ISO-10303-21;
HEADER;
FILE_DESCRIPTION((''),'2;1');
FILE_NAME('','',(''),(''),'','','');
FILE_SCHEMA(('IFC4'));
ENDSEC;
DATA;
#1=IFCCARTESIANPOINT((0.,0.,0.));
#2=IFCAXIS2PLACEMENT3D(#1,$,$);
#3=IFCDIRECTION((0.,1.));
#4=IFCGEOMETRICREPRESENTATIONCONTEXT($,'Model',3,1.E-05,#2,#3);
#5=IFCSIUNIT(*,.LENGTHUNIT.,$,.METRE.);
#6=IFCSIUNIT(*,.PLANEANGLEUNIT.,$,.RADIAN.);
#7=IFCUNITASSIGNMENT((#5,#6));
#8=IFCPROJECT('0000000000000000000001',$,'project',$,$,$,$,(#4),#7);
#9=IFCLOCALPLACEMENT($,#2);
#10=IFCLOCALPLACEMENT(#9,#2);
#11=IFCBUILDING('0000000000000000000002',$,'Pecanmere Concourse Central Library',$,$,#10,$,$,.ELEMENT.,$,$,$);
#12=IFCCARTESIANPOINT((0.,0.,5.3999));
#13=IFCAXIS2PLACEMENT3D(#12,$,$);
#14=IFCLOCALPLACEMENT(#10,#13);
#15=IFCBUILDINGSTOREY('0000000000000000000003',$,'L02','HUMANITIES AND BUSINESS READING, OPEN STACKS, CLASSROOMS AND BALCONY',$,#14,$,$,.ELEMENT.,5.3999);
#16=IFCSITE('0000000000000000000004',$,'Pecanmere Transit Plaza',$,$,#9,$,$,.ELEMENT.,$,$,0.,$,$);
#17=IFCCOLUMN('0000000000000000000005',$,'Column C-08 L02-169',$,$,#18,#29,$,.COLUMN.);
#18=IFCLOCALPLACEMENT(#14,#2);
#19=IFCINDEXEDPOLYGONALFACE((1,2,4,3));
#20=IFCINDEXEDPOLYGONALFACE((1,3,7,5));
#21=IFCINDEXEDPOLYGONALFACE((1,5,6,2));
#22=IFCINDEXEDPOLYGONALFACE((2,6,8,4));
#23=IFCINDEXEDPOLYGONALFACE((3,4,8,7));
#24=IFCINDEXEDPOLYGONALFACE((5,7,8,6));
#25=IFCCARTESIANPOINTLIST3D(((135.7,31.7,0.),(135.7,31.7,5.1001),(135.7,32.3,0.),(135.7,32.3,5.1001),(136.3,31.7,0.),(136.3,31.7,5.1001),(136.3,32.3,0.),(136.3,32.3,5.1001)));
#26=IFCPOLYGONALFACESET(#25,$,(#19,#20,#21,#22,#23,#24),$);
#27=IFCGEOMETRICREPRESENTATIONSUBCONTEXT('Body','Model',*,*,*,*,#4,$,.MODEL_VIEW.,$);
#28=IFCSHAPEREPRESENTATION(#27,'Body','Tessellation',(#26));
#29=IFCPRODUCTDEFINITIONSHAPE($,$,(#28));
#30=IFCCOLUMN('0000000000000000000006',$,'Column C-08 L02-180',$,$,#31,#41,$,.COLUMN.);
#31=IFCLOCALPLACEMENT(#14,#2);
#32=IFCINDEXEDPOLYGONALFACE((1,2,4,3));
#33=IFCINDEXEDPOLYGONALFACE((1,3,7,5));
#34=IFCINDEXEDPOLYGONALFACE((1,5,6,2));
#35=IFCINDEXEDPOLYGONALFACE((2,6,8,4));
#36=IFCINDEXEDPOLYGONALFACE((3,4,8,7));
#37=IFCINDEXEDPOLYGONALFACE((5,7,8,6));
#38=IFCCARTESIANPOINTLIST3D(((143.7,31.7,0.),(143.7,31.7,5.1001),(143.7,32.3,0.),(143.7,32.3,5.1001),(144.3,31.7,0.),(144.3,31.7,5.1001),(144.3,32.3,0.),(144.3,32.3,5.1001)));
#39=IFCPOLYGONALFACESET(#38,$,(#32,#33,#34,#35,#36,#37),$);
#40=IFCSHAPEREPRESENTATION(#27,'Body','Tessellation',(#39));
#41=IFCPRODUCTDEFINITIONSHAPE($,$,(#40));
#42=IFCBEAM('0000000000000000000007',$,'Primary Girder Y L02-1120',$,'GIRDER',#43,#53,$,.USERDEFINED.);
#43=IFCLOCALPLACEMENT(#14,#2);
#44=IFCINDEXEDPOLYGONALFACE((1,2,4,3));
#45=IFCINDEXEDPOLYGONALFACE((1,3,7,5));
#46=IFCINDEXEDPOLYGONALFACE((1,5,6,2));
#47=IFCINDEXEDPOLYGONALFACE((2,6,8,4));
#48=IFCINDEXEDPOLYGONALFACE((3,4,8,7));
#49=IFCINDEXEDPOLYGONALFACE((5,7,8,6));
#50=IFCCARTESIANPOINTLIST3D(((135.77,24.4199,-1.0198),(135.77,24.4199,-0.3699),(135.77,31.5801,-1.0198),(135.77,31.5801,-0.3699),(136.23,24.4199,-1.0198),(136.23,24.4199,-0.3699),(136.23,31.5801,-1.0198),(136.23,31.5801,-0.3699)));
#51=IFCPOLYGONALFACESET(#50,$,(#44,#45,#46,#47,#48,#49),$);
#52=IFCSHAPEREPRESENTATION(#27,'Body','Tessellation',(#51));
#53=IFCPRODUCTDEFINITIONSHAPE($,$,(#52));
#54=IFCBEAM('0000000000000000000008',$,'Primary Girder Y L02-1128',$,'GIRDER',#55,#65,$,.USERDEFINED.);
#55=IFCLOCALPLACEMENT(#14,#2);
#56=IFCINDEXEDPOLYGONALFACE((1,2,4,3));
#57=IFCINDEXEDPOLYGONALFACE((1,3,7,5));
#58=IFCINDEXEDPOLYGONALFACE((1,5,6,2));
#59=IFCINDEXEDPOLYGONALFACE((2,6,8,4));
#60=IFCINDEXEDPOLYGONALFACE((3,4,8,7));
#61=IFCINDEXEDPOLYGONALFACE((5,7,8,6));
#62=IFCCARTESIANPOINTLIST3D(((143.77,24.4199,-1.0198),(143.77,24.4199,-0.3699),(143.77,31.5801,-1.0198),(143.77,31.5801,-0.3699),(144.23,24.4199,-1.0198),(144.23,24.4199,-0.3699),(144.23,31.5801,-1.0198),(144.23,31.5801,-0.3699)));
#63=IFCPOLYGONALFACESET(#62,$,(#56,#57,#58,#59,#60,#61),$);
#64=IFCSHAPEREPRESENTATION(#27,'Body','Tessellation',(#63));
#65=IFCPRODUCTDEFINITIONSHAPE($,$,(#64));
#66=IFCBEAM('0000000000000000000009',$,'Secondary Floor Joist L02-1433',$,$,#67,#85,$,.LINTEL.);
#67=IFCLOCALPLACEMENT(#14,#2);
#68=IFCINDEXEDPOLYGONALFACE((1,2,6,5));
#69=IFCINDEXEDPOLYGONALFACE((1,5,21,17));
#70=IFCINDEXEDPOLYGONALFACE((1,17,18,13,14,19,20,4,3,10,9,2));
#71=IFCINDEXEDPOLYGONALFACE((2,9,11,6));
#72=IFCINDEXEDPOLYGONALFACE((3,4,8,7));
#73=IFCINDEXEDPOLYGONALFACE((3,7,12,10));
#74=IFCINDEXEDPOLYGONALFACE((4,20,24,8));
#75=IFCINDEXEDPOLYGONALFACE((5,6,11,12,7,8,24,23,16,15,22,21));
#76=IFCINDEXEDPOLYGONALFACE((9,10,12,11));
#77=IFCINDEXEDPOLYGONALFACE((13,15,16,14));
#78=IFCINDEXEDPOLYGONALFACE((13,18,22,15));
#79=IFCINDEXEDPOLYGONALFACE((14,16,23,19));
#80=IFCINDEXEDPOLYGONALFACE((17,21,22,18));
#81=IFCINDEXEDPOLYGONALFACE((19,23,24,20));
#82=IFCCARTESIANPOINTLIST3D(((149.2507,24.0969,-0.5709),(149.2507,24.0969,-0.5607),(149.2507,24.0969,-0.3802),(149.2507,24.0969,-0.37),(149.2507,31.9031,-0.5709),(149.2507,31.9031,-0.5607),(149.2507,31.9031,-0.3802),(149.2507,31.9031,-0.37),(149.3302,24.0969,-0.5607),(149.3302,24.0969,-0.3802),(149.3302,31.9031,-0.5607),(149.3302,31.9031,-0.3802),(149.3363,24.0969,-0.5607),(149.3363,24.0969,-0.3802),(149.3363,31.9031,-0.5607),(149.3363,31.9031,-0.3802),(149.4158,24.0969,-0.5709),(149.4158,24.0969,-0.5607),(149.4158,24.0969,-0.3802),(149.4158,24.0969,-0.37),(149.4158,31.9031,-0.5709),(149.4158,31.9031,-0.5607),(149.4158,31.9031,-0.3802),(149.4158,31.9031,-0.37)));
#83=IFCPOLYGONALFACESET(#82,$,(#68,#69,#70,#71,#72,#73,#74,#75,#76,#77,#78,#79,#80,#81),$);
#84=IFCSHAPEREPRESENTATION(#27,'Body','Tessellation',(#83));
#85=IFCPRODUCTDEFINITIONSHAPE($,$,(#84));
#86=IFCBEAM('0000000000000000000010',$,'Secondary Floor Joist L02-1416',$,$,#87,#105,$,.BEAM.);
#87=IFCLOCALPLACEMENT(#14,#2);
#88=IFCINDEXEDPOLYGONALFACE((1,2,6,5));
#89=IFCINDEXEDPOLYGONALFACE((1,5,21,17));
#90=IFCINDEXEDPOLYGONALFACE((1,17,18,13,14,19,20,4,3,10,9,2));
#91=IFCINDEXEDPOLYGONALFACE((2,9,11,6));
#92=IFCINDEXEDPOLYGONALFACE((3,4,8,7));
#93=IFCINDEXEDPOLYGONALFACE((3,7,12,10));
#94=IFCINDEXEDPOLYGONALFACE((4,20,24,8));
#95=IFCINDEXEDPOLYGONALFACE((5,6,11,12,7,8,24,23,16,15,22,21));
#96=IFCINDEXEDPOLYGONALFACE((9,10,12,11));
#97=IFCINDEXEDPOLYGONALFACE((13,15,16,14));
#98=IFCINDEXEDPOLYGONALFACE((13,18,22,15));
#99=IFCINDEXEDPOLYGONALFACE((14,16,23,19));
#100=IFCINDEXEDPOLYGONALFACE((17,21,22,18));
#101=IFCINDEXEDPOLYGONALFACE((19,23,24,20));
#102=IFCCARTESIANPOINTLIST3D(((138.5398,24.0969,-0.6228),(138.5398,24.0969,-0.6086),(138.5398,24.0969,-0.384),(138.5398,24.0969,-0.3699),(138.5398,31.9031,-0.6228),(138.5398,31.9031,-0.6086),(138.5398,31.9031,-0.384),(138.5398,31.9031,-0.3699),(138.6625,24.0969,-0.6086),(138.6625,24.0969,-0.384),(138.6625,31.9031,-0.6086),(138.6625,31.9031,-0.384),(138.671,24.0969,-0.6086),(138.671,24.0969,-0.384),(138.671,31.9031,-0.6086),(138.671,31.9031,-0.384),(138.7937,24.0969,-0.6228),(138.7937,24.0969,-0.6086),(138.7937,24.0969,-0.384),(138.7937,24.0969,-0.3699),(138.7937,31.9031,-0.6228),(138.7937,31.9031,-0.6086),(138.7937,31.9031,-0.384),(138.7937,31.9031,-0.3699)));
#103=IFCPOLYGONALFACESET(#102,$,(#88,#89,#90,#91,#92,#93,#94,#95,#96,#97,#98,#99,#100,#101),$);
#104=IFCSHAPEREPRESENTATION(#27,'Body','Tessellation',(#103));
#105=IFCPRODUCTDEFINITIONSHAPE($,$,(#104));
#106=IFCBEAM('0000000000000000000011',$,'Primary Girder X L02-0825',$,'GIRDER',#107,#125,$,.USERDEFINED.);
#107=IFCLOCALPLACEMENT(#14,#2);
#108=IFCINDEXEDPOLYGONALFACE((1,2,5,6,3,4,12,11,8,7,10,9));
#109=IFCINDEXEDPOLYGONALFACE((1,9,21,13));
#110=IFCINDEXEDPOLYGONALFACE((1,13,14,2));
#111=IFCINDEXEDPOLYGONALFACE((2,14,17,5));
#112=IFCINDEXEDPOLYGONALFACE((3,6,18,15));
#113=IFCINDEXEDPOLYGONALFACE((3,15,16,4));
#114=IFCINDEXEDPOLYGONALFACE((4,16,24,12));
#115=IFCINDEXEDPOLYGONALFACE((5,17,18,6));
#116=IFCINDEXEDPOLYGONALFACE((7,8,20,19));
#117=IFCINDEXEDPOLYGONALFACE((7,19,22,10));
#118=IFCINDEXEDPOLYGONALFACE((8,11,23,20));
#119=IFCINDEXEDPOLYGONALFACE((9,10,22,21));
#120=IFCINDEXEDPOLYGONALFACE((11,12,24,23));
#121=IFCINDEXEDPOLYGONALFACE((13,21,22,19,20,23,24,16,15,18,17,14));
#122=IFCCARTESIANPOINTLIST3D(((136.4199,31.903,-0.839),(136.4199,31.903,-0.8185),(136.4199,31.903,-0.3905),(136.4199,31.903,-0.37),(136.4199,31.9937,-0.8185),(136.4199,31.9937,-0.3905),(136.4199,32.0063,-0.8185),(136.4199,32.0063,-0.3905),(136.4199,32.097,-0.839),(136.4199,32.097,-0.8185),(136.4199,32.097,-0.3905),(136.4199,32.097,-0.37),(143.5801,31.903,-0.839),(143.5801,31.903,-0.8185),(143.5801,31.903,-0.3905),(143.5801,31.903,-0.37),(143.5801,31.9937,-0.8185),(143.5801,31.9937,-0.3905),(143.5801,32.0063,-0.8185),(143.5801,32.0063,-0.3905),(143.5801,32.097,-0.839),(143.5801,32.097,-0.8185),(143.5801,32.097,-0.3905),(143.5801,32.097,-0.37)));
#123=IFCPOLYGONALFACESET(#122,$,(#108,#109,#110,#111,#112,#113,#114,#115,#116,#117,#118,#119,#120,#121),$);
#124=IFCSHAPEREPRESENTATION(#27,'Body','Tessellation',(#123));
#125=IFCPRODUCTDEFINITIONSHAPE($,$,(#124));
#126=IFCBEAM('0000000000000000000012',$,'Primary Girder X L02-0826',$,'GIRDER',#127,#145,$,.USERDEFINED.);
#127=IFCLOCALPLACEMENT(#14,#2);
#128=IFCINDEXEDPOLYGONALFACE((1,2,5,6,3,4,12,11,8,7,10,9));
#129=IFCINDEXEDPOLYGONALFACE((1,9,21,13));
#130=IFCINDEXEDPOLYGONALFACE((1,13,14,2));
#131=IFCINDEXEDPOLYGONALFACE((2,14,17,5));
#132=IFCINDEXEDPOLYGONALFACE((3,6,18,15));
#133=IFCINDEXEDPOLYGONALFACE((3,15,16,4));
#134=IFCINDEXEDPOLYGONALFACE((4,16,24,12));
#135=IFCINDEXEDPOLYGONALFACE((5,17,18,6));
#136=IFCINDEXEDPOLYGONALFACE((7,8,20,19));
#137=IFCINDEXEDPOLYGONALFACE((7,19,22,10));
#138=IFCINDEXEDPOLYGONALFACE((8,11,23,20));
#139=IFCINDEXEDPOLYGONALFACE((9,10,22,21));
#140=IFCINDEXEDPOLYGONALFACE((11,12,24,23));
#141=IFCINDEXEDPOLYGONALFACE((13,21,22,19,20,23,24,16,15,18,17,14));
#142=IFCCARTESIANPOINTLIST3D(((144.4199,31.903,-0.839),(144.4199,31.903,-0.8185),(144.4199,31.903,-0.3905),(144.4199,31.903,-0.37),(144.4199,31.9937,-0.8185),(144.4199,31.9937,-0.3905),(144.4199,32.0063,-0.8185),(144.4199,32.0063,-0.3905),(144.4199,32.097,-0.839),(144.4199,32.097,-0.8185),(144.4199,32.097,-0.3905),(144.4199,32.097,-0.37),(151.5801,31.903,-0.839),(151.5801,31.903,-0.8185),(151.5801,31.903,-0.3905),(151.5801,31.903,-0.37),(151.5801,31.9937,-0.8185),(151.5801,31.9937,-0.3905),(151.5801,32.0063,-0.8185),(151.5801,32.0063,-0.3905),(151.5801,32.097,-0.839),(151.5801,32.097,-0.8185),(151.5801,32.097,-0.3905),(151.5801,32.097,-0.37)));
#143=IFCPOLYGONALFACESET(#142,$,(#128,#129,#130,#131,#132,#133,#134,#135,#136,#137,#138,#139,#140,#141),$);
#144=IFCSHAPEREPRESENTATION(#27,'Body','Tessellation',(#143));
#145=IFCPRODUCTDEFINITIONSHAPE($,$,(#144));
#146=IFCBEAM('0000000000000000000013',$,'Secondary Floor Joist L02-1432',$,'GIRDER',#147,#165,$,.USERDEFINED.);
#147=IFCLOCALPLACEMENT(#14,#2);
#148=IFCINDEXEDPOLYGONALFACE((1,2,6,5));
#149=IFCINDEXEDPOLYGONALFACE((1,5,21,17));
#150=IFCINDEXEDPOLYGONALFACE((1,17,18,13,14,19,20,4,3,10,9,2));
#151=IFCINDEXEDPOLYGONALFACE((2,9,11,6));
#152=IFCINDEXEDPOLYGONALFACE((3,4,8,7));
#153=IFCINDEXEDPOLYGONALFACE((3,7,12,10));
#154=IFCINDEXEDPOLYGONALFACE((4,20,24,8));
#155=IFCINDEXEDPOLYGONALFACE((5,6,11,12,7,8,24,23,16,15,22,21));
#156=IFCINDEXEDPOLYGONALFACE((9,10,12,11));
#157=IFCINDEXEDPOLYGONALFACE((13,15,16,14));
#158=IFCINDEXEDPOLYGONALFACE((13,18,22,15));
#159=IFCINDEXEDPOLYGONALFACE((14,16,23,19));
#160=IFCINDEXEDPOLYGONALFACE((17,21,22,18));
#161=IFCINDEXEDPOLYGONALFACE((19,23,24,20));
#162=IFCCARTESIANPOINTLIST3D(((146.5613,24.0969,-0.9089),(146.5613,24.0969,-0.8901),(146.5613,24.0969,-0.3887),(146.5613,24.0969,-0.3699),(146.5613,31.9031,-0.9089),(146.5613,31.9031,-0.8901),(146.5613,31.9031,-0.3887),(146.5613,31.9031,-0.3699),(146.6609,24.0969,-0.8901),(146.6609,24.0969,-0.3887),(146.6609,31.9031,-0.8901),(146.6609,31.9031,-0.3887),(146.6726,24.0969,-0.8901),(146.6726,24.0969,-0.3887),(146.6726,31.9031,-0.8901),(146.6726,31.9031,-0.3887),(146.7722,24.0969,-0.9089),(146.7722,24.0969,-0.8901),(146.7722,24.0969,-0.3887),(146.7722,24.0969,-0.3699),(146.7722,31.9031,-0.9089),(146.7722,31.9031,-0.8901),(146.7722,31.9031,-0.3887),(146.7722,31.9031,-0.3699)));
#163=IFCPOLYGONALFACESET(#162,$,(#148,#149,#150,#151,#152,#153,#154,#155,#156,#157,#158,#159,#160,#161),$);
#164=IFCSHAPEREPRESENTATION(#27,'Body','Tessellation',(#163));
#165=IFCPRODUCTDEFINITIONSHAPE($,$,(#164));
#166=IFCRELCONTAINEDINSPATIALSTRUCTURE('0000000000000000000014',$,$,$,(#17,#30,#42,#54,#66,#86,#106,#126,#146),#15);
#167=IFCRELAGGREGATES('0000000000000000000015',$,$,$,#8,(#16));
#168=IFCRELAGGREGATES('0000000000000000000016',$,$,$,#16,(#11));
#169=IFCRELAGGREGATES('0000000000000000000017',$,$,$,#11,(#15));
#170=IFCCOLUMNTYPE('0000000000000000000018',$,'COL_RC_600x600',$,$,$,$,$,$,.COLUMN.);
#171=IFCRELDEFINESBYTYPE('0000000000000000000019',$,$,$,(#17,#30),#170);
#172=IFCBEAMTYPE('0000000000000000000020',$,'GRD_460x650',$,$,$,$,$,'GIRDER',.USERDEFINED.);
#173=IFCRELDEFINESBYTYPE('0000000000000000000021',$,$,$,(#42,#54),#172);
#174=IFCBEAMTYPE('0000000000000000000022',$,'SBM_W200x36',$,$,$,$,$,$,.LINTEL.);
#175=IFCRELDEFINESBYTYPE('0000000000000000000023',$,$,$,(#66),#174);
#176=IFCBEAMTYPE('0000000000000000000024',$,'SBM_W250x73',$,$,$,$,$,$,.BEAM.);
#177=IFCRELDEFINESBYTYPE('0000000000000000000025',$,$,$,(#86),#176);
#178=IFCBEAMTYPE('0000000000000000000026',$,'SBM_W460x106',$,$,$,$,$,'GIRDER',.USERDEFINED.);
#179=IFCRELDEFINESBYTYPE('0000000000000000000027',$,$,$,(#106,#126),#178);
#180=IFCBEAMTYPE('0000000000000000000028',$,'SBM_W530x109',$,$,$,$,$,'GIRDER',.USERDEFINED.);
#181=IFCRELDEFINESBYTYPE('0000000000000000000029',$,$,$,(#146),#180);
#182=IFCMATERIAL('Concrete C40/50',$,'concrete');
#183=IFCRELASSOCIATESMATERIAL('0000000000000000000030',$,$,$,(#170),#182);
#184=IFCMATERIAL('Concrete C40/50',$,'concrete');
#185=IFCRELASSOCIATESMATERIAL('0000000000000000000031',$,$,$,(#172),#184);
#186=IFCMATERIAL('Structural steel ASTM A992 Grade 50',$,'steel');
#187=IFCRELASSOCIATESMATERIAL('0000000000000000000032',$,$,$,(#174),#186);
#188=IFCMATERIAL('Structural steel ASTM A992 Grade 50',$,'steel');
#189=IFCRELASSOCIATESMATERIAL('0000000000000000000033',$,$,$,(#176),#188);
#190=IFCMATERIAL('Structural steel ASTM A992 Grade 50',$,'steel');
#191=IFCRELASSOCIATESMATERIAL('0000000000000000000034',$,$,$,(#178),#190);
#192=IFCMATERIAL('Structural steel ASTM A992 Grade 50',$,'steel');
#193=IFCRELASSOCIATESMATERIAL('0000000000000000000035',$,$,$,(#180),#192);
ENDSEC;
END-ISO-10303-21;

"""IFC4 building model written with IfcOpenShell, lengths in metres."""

from ifc_helpers import new_model, si_unit, direction, frame, origin, origin_2d, place, context, subcontext, project, spatial, rectangle, i_section, extrude, material, material_profile, profile_set, type_object, element, save


model = new_model("IFC4")

# Units and contexts
model_context = context("Model", 3, precision=1e-05, world=origin(), true_north=direction((0.0, 1.0)))
body_context = subcontext(model_context, "Body", "Model", "MODEL_VIEW")
ifc_project = project(units=[si_unit("LENGTHUNIT", "METRE"), si_unit("PLANEANGLEUNIT", "RADIAN")], contexts=[model_context])

# Site, building, storey
site_placement = place(None, origin())
site = spatial("IfcSite", under=ifc_project, at=site_placement, Name="Pecanmere Transit Plaza", CompositionType="ELEMENT", RefElevation=0.0)
building_placement = place(site_placement, origin())
building = spatial("IfcBuilding", under=site, at=building_placement, Name="Pecanmere Concourse Central Library", CompositionType="ELEMENT")
storey_placement = place(building_placement, frame((0.0, 0.0, 5.3999)))
storey = spatial("IfcBuildingStorey", under=building, at=storey_placement, Name="L02", Description="HUMANITIES AND BUSINESS READING, OPEN STACKS, CLASSROOMS AND BALCONY", CompositionType="ELEMENT", Elevation=5.3999)

# Columns
ifc_material_1 = material(Name="Concrete C40/50", Category="concrete")
ifc_material_profile_1 = material_profile(ifc_material_1, rectangle(XDim=0.6001, YDim=0.6001, at=origin_2d()), Name="RC 600x600")
ifc_profile_set_1 = profile_set([ifc_material_profile_1], Name="Concrete C40/50")
column_type = type_object("IfcColumnType", Name="COL_RC_600x600", PredefinedType="COLUMN", material=ifc_profile_set_1)
for number, where, z_axis, x_axis, name in (
    (1, (136.0, 32.0, 0.0), (0.0, 0.0, 1.0), (1.0, 0.0, 0.0), "Column C-08 L02-169"),
    (2, (144.0, 32.0, 0.0), (0.0, 0.0, 1.0), (1.0, 0.0, 0.0), "Column C-08 L02-180"),
):
    element("IfcColumn", number, at=place(storey_placement, frame(where, z_axis=z_axis, x_axis=x_axis)), inside=storey, type_object=column_type, Name=name, PredefinedType="COLUMN", context=body_context, shape_type="SweptSolid", body=[
        extrude(rectangle(XDim=0.6001, YDim=0.6001, at=origin_2d()), origin(), (0.0, 0.0, 1.0), 5.1001),
    ])

# Beams
ifc_material_2 = material(Name="Concrete C40/50", Category="concrete")
ifc_material_profile_2 = material_profile(ifc_material_2, rectangle(XDim=0.46, YDim=0.6499, at=origin_2d()), Name="RC 460x650")
ifc_profile_set_2 = profile_set([ifc_material_profile_2], Name="Concrete C40/50")
beam_type_1 = type_object("IfcBeamType", Name="GRD_460x650", ElementType="GIRDER", PredefinedType="USERDEFINED", material=ifc_profile_set_2)
for number, where, z_axis, x_axis, name in (
    (3, (136.0, 24.4199, -0.6948), (0.0, 1.0, 0.0), (-1.0, 0.0, 0.0), "Primary Girder Y L02-1120"),
    (4, (144.0, 24.4199, -0.6948), (0.0, 1.0, 0.0), (-1.0, 0.0, 0.0), "Primary Girder Y L02-1128"),
):
    element("IfcBeam", number, at=place(storey_placement, frame(where, z_axis=z_axis, x_axis=x_axis)), inside=storey, type_object=beam_type_1, Name=name, ObjectType="GIRDER", PredefinedType="USERDEFINED", context=body_context, shape_type="SweptSolid", body=[
        extrude(rectangle(XDim=0.46, YDim=0.6499, at=origin_2d()), origin(), (0.0, 0.0, 1.0), 7.1602),
    ])
ifc_material_3 = material(Name="Structural steel ASTM A992 Grade 50", Category="steel")
ifc_material_profile_3 = material_profile(ifc_material_3, i_section(OverallWidth=0.165, OverallDepth=0.2009, WebThickness=0.0061, FlangeThickness=0.0103, at=origin_2d()), Name="W200x35.9")
ifc_profile_set_3 = profile_set([ifc_material_profile_3], Name="Structural steel ASTM A992 Grade 50")
beam_type_2 = type_object("IfcBeamType", Name="SBM_W200x36", PredefinedType="LINTEL", material=ifc_profile_set_3)
beam_1_placement = place(storey_placement, frame((149.3333, 24.0969, -0.4705), z_axis=(0.0, 1.0, 0.0), x_axis=(-1.0, 0.0, 0.0)))
element("IfcBeam", 5, at=beam_1_placement, inside=storey, type_object=beam_type_2, Name="Secondary Floor Joist L02-1433", PredefinedType="LINTEL", context=body_context, shape_type="SweptSolid", body=[
    extrude(i_section(OverallWidth=0.165, OverallDepth=0.2009, WebThickness=0.0061, FlangeThickness=0.0103, at=origin_2d()), origin(), (0.0, 0.0, 1.0), 7.8062),
])
ifc_material_4 = material(Name="Structural steel ASTM A992 Grade 50", Category="steel")
ifc_material_profile_4 = material_profile(ifc_material_4, i_section(OverallWidth=0.2539, OverallDepth=0.2529, WebThickness=0.0085, FlangeThickness=0.0142, at=origin_2d()), Name="W250x73")
ifc_profile_set_4 = profile_set([ifc_material_profile_4], Name="Structural steel ASTM A992 Grade 50")
beam_type_3 = type_object("IfcBeamType", Name="SBM_W250x73", PredefinedType="BEAM", material=ifc_profile_set_4)
beam_2_placement = place(storey_placement, frame((138.6667, 24.0969, -0.4963), z_axis=(0.0, 1.0, 0.0), x_axis=(-1.0, 0.0, 0.0)))
element("IfcBeam", 6, at=beam_2_placement, inside=storey, type_object=beam_type_3, Name="Secondary Floor Joist L02-1416", PredefinedType="BEAM", context=body_context, shape_type="SweptSolid", body=[
    extrude(i_section(OverallWidth=0.2539, OverallDepth=0.2529, WebThickness=0.0085, FlangeThickness=0.0142, at=origin_2d()), origin(), (0.0, 0.0, 1.0), 7.8062),
])
ifc_material_5 = material(Name="Structural steel ASTM A992 Grade 50", Category="steel")
ifc_material_profile_5 = material_profile(ifc_material_5, i_section(OverallWidth=0.1941, OverallDepth=0.469, WebThickness=0.0127, FlangeThickness=0.0205, at=origin_2d()), Name="W460x106")
ifc_profile_set_5 = profile_set([ifc_material_profile_5], Name="Structural steel ASTM A992 Grade 50")
beam_type_4 = type_object("IfcBeamType", Name="SBM_W460x106", ElementType="GIRDER", PredefinedType="USERDEFINED", material=ifc_profile_set_5)
for number, where, z_axis, x_axis, name in (
    (7, (136.4199, 32.0, -0.6045), (1.0, 0.0, 0.0), (0.0, 1.0, 0.0), "Primary Girder X L02-0825"),
    (8, (144.4199, 32.0, -0.6045), (1.0, 0.0, 0.0), (0.0, 1.0, 0.0), "Primary Girder X L02-0826"),
):
    element("IfcBeam", number, at=place(storey_placement, frame(where, z_axis=z_axis, x_axis=x_axis)), inside=storey, type_object=beam_type_4, Name=name, ObjectType="GIRDER", PredefinedType="USERDEFINED", context=body_context, shape_type="SweptSolid", body=[
        extrude(i_section(OverallWidth=0.1941, OverallDepth=0.469, WebThickness=0.0127, FlangeThickness=0.0205, at=origin_2d()), origin(), (0.0, 0.0, 1.0), 7.1602),
    ])
ifc_material_6 = material(Name="Structural steel ASTM A992 Grade 50", Category="steel")
ifc_material_profile_6 = material_profile(ifc_material_6, i_section(OverallWidth=0.2109, OverallDepth=0.5391, WebThickness=0.0117, FlangeThickness=0.0188, at=origin_2d()), Name="W530x109")
ifc_profile_set_6 = profile_set([ifc_material_profile_6], Name="Structural steel ASTM A992 Grade 50")
beam_type_5 = type_object("IfcBeamType", Name="SBM_W530x109", ElementType="GIRDER", PredefinedType="USERDEFINED", material=ifc_profile_set_6)
beam_3_placement = place(storey_placement, frame((146.6667, 24.0969, -0.6394), z_axis=(0.0, 1.0, 0.0), x_axis=(-1.0, 0.0, 0.0)))
element("IfcBeam", 9, at=beam_3_placement, inside=storey, type_object=beam_type_5, Name="Secondary Floor Joist L02-1432", ObjectType="GIRDER", PredefinedType="USERDEFINED", context=body_context, shape_type="SweptSolid", body=[
    extrude(i_section(OverallWidth=0.2109, OverallDepth=0.5391, WebThickness=0.0117, FlangeThickness=0.0188, at=origin_2d()), origin(), (0.0, 0.0, 1.0), 7.8062),
])

save(model, "model.ifc")
